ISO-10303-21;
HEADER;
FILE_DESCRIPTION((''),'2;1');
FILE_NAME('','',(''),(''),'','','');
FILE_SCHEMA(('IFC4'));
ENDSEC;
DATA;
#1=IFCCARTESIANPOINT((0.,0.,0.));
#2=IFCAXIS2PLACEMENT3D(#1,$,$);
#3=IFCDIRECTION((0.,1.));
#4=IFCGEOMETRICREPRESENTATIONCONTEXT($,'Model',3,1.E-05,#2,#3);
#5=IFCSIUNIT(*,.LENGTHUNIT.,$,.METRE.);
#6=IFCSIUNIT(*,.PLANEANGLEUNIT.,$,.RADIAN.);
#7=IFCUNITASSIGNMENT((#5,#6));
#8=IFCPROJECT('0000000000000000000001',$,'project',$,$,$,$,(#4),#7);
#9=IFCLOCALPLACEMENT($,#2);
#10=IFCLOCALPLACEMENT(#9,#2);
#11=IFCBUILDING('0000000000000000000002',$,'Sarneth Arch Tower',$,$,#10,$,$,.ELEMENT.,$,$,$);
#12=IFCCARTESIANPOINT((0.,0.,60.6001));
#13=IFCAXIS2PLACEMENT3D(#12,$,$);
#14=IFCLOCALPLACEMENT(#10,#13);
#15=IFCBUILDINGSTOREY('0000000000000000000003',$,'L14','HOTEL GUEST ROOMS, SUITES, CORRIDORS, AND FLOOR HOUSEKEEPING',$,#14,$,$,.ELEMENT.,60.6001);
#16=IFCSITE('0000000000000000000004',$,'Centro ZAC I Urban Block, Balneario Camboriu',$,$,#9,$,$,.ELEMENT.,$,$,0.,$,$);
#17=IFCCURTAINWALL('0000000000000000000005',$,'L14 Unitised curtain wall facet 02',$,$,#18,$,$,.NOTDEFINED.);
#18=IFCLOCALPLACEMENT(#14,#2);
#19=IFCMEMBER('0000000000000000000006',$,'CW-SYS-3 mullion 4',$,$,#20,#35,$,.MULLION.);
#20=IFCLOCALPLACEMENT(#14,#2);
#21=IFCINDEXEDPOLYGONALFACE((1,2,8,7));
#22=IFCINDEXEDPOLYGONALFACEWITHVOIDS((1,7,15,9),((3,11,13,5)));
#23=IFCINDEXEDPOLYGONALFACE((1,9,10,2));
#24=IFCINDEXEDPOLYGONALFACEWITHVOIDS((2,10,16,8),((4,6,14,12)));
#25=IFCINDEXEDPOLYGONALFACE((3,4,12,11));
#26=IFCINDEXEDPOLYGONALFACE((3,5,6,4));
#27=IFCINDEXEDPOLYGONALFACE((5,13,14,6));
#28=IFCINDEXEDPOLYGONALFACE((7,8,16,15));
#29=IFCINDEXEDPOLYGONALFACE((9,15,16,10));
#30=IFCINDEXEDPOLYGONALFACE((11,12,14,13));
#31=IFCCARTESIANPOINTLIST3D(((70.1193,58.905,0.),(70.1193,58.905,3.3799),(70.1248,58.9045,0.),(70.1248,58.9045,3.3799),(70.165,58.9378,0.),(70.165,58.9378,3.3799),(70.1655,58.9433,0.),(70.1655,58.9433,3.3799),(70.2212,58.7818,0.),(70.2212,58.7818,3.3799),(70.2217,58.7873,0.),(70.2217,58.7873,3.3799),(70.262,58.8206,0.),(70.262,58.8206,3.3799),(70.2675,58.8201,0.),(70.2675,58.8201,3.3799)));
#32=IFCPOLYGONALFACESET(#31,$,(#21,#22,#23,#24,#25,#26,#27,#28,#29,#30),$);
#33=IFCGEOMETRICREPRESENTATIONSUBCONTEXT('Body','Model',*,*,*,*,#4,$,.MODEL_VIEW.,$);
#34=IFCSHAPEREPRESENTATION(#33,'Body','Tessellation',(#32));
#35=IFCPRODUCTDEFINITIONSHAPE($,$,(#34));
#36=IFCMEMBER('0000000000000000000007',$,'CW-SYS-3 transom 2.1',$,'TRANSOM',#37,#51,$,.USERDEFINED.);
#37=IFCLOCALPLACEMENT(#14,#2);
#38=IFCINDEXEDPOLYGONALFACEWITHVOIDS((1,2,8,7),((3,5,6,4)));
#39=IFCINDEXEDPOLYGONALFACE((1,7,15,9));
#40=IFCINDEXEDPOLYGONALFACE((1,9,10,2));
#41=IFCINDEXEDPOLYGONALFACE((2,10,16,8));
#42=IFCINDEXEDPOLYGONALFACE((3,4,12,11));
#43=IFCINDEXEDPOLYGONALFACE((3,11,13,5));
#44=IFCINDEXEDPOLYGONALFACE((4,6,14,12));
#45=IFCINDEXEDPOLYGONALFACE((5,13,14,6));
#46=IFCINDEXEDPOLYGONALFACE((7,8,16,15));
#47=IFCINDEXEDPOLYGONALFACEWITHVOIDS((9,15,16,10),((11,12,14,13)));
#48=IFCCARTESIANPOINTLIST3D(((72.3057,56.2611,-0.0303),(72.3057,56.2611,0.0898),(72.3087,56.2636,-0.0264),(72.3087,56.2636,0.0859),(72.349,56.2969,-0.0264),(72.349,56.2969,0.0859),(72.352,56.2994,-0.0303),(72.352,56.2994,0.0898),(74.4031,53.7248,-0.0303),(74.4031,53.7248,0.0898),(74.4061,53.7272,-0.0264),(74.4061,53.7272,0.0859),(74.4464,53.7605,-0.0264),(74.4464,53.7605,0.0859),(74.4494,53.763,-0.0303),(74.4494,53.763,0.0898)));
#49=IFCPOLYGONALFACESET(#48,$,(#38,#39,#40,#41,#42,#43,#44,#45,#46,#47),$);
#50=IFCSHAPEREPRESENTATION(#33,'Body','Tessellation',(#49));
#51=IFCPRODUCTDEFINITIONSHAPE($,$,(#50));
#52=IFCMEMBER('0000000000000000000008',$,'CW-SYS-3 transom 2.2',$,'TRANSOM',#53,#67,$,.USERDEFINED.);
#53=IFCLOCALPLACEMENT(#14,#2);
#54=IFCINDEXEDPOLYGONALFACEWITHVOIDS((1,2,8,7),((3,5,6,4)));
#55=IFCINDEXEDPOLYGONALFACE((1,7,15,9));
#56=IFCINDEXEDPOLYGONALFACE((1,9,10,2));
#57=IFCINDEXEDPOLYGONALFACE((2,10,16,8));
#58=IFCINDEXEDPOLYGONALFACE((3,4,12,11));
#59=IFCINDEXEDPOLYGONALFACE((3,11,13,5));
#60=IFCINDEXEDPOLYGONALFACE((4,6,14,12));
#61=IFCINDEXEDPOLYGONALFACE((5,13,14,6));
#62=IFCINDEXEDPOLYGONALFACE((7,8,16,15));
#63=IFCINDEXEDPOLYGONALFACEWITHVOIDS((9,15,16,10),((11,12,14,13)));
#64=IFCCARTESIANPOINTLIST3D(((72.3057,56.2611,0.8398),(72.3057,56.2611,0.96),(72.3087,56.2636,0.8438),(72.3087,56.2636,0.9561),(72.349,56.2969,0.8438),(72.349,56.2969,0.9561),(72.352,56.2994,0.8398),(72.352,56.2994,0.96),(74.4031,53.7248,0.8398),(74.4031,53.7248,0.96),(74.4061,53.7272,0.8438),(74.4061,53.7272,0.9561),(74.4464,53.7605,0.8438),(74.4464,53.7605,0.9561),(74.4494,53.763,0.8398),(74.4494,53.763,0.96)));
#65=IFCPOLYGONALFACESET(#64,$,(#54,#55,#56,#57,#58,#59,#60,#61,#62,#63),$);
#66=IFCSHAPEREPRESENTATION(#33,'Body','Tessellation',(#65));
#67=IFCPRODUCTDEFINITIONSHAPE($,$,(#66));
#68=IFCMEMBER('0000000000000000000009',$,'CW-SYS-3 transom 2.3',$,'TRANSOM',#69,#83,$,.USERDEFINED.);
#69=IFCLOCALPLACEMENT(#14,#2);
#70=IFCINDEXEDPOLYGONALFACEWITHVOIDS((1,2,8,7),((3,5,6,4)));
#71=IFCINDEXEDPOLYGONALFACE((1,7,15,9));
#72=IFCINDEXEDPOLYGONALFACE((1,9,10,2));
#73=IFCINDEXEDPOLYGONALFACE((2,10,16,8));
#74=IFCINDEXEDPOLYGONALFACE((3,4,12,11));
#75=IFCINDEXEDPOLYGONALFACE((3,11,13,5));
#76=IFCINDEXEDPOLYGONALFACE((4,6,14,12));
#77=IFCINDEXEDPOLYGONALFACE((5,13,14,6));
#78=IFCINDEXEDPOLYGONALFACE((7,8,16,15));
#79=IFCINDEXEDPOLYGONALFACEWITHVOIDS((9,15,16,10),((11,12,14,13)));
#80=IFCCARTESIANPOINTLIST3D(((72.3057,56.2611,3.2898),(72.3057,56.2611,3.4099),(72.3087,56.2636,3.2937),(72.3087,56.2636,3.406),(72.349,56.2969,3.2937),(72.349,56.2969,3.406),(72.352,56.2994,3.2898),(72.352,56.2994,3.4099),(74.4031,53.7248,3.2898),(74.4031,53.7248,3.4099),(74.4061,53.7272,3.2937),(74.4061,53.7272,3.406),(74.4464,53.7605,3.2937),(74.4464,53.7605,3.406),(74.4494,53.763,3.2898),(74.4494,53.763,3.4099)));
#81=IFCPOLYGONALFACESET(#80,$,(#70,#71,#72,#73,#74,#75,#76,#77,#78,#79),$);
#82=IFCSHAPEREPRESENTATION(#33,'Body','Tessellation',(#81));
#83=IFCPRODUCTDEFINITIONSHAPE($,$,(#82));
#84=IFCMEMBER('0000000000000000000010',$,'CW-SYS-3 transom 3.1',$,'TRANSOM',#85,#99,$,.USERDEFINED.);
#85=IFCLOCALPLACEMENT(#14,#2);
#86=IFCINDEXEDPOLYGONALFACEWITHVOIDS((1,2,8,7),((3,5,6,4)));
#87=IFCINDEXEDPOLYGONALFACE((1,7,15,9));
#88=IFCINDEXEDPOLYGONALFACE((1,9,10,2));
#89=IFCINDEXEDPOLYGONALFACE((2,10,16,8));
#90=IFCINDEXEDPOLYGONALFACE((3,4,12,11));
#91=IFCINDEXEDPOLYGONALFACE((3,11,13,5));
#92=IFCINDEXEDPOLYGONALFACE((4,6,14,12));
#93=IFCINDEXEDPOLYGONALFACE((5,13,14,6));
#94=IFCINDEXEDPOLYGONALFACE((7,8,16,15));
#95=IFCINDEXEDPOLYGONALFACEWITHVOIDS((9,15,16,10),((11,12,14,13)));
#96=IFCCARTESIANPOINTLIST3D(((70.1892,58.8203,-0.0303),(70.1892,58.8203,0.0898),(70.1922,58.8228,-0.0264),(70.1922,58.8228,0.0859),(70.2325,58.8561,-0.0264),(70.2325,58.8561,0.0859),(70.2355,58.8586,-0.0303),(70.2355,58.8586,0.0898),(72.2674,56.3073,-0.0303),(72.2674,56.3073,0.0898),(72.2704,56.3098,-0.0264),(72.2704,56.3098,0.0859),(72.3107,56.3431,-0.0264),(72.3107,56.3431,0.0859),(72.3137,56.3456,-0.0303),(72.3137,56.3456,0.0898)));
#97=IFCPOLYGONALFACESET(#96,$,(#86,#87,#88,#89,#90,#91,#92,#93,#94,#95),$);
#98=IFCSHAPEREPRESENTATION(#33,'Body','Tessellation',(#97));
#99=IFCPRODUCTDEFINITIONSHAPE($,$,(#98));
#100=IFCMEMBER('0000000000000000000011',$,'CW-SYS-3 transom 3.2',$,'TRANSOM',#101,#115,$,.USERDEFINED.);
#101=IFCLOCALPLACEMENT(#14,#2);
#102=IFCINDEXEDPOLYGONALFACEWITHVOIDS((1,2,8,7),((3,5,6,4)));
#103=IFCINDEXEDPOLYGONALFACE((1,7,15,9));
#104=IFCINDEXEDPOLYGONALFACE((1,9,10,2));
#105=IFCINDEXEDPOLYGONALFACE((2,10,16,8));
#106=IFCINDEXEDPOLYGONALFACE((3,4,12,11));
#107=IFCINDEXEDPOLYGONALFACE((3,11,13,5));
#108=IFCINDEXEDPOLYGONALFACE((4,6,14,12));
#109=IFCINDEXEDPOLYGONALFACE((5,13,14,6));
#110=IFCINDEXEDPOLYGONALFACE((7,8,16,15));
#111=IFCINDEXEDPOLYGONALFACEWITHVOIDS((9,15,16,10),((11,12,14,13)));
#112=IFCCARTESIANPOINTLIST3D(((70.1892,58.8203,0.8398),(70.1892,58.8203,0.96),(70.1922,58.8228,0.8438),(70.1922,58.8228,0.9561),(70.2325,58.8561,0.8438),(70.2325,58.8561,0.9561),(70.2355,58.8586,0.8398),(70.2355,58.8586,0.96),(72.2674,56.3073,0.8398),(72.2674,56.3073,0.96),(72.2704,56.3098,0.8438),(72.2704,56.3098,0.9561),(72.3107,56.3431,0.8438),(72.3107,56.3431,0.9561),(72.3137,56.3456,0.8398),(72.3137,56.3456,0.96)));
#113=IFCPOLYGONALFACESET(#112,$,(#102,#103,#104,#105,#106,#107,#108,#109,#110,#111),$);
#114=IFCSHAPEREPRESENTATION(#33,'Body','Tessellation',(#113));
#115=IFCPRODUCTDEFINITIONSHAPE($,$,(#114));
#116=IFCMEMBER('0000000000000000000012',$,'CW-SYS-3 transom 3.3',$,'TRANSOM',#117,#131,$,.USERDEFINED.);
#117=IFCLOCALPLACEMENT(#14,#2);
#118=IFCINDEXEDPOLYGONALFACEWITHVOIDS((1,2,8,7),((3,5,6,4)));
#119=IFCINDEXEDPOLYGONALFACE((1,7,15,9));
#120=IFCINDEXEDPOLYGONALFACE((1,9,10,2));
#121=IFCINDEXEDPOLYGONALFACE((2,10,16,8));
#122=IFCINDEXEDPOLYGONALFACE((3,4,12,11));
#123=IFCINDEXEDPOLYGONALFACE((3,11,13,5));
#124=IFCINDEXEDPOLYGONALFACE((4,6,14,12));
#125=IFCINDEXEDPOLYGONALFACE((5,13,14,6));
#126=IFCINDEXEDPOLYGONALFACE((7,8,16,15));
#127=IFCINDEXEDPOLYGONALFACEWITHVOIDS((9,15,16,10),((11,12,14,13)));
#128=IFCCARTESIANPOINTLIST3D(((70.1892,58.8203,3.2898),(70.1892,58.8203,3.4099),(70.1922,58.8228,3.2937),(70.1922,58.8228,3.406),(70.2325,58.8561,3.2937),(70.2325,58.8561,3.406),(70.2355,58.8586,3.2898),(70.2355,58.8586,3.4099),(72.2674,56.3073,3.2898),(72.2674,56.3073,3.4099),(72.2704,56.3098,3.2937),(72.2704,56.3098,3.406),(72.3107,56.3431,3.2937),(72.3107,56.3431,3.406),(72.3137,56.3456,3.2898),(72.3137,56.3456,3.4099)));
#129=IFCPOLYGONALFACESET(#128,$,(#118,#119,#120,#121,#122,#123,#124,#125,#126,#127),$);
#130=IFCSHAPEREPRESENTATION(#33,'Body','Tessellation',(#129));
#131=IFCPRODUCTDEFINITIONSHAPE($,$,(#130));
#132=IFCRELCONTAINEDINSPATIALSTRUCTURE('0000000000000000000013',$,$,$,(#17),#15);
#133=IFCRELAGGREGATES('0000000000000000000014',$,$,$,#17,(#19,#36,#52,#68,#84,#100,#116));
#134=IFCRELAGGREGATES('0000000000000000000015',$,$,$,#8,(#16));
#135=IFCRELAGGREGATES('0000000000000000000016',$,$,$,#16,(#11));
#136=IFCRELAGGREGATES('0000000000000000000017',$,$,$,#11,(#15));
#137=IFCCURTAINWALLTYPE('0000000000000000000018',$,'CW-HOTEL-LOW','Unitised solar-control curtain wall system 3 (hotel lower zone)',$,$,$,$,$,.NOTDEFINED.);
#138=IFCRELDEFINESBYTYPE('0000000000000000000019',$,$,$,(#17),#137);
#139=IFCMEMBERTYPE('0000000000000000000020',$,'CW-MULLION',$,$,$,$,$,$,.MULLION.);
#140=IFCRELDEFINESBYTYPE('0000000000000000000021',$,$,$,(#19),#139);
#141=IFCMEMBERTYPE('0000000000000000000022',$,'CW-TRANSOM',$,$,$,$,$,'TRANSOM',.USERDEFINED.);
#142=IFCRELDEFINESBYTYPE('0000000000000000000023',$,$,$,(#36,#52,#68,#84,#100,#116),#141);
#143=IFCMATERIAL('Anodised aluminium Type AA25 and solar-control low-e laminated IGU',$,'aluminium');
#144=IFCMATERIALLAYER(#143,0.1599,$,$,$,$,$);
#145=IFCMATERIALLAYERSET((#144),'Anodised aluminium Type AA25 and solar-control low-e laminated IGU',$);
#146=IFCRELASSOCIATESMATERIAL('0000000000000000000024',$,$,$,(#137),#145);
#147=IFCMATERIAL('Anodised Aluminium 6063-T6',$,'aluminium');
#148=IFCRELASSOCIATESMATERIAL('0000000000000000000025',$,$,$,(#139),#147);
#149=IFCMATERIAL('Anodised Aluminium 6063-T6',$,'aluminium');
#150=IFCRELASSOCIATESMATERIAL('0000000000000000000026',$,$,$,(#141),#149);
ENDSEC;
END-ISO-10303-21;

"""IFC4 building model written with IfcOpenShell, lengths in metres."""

from ifc_helpers import new_model, si_unit, direction, frame, origin, origin_2d, place, context, subcontext, project, spatial, hollow_rectangle, extrude, material, layer, layer_set, material_profile, profile_set, type_object, element, aggregate, save


model = new_model("IFC4")

# Units and contexts
model_context = context("Model", 3, precision=1e-05, world=origin(), true_north=direction((0.0, 1.0)))
body_context = subcontext(model_context, "Body", "Model", "MODEL_VIEW")
ifc_project = project(units=[si_unit("LENGTHUNIT", "METRE"), si_unit("PLANEANGLEUNIT", "RADIAN")], contexts=[model_context])

# Site, building, storey
site_placement = place(None, origin())
site = spatial("IfcSite", under=ifc_project, at=site_placement, Name="Centro ZAC I Urban Block, Balneario Camboriu", CompositionType="ELEMENT", RefElevation=0.0)
building_placement = place(site_placement, origin())
building = spatial("IfcBuilding", under=site, at=building_placement, Name="Sarneth Arch Tower", CompositionType="ELEMENT")
storey_placement = place(building_placement, frame((0.0, 0.0, 60.6001)))
storey = spatial("IfcBuildingStorey", under=building, at=storey_placement, Name="L14", Description="HOTEL GUEST ROOMS, SUITES, CORRIDORS, AND FLOOR HOUSEKEEPING", CompositionType="ELEMENT", Elevation=60.6001)

# Curtain wall, members
ifc_material_1 = material(Name="Anodised aluminium Type AA25 and solar-control low-e laminated IGU", Category="aluminium")
ifc_layer_1 = layer(ifc_material_1, 0.1599)
ifc_layer_set_1 = layer_set([ifc_layer_1], Name="Anodised aluminium Type AA25 and solar-control low-e laminated IGU")
curtain_wall_type = type_object("IfcCurtainWallType", Name="CW-HOTEL-LOW", Description="Unitised solar-control curtain wall system 3 (hotel lower zone)", PredefinedType="NOTDEFINED", material=ifc_layer_set_1)
curtain_wall_placement = place(storey_placement, origin())
curtain_wall = element("IfcCurtainWall", 1, at=curtain_wall_placement, inside=storey, type_object=curtain_wall_type, Name="L14 Unitised curtain wall facet 02", PredefinedType="NOTDEFINED")
ifc_material_2 = material(Name="Anodised Aluminium 6063-T6", Category="aluminium")
ifc_material_profile_1 = material_profile(ifc_material_2, hollow_rectangle(XDim=0.0601, YDim=0.1599, WallThickness=0.0039, at=origin_2d()), Name="AL-MULL-160x60x4")
ifc_profile_set_1 = profile_set([ifc_material_profile_1], Name="Anodised Aluminium 6063-T6")
member_type_1 = type_object("IfcMemberType", Name="CW-MULLION", PredefinedType="MULLION", material=ifc_profile_set_1)
member_1_placement = place(storey_placement, frame((70.1934, 58.8625, 0.0), z_axis=(0.0, 0.0, 1.0), x_axis=(-0.770623, -0.637291, 0.0)))
member_1 = element("IfcMember", 2, at=member_1_placement, type_object=member_type_1, Name="CW-SYS-3 mullion 4", PredefinedType="MULLION", context=body_context, shape_type="SweptSolid", body=[
    extrude(hollow_rectangle(XDim=0.0601, YDim=0.1599, WallThickness=0.0039, at=origin_2d()), origin(), (0.0, 0.0, 1.0), 3.3799),
])
ifc_material_3 = material(Name="Anodised Aluminium 6063-T6", Category="aluminium")
ifc_material_profile_2 = material_profile(ifc_material_3, hollow_rectangle(XDim=0.0601, YDim=0.1201, WallThickness=0.0039, at=origin_2d()), Name="AL-TRAN-120x60x4")
ifc_profile_set_2 = profile_set([ifc_material_profile_2], Name="Anodised Aluminium 6063-T6")
member_type_2 = type_object("IfcMemberType", Name="CW-TRANSOM", ElementType="TRANSOM", PredefinedType="USERDEFINED", material=ifc_profile_set_2)
member_2_placement = place(storey_placement, frame((74.4263, 53.7439, 0.0298), z_axis=(-0.637269, 0.770642, 0.0), x_axis=(-0.770642, -0.637269, 0.0)))
member_2 = element("IfcMember", 3, at=member_2_placement, type_object=member_type_2, Name="CW-SYS-3 transom 2.1", ObjectType="TRANSOM", PredefinedType="USERDEFINED", context=body_context, shape_type="SweptSolid", body=[
    extrude(hollow_rectangle(XDim=0.0601, YDim=0.1201, WallThickness=0.0039, at=origin_2d()), origin(), (0.0, 0.0, 1.0), 3.2913),
])
member_3_placement = place(storey_placement, frame((74.4263, 53.7439, 0.8999), z_axis=(-0.637269, 0.770642, 0.0), x_axis=(-0.770642, -0.637269, 0.0)))
member_3 = element("IfcMember", 4, at=member_3_placement, type_object=member_type_2, Name="CW-SYS-3 transom 2.2", ObjectType="TRANSOM", PredefinedType="USERDEFINED", context=body_context, shape_type="SweptSolid", body=[
    extrude(hollow_rectangle(XDim=0.0601, YDim=0.1201, WallThickness=0.0039, at=origin_2d()), origin(), (0.0, 0.0, 1.0), 3.2913),
])
member_4_placement = place(storey_placement, frame((74.4263, 53.7439, 3.3499), z_axis=(-0.637269, 0.770642, 0.0), x_axis=(-0.770642, -0.637269, 0.0)))
member_4 = element("IfcMember", 5, at=member_4_placement, type_object=member_type_2, Name="CW-SYS-3 transom 2.3", ObjectType="TRANSOM", PredefinedType="USERDEFINED", context=body_context, shape_type="SweptSolid", body=[
    extrude(hollow_rectangle(XDim=0.0601, YDim=0.1201, WallThickness=0.0039, at=origin_2d()), origin(), (0.0, 0.0, 1.0), 3.2913),
])
member_5_placement = place(storey_placement, frame((72.2905, 56.3264, 0.0298), z_axis=(-0.637286, 0.770628, 0.0), x_axis=(-0.770628, -0.637286, 0.0)))
member_5 = element("IfcMember", 6, at=member_5_placement, type_object=member_type_2, Name="CW-SYS-3 transom 3.1", ObjectType="TRANSOM", PredefinedType="USERDEFINED", context=body_context, shape_type="SweptSolid", body=[
    extrude(hollow_rectangle(XDim=0.0601, YDim=0.1201, WallThickness=0.0039, at=origin_2d()), origin(), (0.0, 0.0, 1.0), 3.261),
])
member_6_placement = place(storey_placement, frame((72.2905, 56.3264, 0.8999), z_axis=(-0.637286, 0.770628, 0.0), x_axis=(-0.770628, -0.637286, 0.0)))
member_6 = element("IfcMember", 7, at=member_6_placement, type_object=member_type_2, Name="CW-SYS-3 transom 3.2", ObjectType="TRANSOM", PredefinedType="USERDEFINED", context=body_context, shape_type="SweptSolid", body=[
    extrude(hollow_rectangle(XDim=0.0601, YDim=0.1201, WallThickness=0.0039, at=origin_2d()), origin(), (0.0, 0.0, 1.0), 3.261),
])
member_7_placement = place(storey_placement, frame((72.2905, 56.3264, 3.3499), z_axis=(-0.637286, 0.770628, 0.0), x_axis=(-0.770628, -0.637286, 0.0)))
member_7 = element("IfcMember", 8, at=member_7_placement, type_object=member_type_2, Name="CW-SYS-3 transom 3.3", ObjectType="TRANSOM", PredefinedType="USERDEFINED", context=body_context, shape_type="SweptSolid", body=[
    extrude(hollow_rectangle(XDim=0.0601, YDim=0.1201, WallThickness=0.0039, at=origin_2d()), origin(), (0.0, 0.0, 1.0), 3.261),
])

aggregate(curtain_wall, [member_1, member_2, member_3, member_4, member_5, member_6, member_7])

save(model, "model.ifc")
